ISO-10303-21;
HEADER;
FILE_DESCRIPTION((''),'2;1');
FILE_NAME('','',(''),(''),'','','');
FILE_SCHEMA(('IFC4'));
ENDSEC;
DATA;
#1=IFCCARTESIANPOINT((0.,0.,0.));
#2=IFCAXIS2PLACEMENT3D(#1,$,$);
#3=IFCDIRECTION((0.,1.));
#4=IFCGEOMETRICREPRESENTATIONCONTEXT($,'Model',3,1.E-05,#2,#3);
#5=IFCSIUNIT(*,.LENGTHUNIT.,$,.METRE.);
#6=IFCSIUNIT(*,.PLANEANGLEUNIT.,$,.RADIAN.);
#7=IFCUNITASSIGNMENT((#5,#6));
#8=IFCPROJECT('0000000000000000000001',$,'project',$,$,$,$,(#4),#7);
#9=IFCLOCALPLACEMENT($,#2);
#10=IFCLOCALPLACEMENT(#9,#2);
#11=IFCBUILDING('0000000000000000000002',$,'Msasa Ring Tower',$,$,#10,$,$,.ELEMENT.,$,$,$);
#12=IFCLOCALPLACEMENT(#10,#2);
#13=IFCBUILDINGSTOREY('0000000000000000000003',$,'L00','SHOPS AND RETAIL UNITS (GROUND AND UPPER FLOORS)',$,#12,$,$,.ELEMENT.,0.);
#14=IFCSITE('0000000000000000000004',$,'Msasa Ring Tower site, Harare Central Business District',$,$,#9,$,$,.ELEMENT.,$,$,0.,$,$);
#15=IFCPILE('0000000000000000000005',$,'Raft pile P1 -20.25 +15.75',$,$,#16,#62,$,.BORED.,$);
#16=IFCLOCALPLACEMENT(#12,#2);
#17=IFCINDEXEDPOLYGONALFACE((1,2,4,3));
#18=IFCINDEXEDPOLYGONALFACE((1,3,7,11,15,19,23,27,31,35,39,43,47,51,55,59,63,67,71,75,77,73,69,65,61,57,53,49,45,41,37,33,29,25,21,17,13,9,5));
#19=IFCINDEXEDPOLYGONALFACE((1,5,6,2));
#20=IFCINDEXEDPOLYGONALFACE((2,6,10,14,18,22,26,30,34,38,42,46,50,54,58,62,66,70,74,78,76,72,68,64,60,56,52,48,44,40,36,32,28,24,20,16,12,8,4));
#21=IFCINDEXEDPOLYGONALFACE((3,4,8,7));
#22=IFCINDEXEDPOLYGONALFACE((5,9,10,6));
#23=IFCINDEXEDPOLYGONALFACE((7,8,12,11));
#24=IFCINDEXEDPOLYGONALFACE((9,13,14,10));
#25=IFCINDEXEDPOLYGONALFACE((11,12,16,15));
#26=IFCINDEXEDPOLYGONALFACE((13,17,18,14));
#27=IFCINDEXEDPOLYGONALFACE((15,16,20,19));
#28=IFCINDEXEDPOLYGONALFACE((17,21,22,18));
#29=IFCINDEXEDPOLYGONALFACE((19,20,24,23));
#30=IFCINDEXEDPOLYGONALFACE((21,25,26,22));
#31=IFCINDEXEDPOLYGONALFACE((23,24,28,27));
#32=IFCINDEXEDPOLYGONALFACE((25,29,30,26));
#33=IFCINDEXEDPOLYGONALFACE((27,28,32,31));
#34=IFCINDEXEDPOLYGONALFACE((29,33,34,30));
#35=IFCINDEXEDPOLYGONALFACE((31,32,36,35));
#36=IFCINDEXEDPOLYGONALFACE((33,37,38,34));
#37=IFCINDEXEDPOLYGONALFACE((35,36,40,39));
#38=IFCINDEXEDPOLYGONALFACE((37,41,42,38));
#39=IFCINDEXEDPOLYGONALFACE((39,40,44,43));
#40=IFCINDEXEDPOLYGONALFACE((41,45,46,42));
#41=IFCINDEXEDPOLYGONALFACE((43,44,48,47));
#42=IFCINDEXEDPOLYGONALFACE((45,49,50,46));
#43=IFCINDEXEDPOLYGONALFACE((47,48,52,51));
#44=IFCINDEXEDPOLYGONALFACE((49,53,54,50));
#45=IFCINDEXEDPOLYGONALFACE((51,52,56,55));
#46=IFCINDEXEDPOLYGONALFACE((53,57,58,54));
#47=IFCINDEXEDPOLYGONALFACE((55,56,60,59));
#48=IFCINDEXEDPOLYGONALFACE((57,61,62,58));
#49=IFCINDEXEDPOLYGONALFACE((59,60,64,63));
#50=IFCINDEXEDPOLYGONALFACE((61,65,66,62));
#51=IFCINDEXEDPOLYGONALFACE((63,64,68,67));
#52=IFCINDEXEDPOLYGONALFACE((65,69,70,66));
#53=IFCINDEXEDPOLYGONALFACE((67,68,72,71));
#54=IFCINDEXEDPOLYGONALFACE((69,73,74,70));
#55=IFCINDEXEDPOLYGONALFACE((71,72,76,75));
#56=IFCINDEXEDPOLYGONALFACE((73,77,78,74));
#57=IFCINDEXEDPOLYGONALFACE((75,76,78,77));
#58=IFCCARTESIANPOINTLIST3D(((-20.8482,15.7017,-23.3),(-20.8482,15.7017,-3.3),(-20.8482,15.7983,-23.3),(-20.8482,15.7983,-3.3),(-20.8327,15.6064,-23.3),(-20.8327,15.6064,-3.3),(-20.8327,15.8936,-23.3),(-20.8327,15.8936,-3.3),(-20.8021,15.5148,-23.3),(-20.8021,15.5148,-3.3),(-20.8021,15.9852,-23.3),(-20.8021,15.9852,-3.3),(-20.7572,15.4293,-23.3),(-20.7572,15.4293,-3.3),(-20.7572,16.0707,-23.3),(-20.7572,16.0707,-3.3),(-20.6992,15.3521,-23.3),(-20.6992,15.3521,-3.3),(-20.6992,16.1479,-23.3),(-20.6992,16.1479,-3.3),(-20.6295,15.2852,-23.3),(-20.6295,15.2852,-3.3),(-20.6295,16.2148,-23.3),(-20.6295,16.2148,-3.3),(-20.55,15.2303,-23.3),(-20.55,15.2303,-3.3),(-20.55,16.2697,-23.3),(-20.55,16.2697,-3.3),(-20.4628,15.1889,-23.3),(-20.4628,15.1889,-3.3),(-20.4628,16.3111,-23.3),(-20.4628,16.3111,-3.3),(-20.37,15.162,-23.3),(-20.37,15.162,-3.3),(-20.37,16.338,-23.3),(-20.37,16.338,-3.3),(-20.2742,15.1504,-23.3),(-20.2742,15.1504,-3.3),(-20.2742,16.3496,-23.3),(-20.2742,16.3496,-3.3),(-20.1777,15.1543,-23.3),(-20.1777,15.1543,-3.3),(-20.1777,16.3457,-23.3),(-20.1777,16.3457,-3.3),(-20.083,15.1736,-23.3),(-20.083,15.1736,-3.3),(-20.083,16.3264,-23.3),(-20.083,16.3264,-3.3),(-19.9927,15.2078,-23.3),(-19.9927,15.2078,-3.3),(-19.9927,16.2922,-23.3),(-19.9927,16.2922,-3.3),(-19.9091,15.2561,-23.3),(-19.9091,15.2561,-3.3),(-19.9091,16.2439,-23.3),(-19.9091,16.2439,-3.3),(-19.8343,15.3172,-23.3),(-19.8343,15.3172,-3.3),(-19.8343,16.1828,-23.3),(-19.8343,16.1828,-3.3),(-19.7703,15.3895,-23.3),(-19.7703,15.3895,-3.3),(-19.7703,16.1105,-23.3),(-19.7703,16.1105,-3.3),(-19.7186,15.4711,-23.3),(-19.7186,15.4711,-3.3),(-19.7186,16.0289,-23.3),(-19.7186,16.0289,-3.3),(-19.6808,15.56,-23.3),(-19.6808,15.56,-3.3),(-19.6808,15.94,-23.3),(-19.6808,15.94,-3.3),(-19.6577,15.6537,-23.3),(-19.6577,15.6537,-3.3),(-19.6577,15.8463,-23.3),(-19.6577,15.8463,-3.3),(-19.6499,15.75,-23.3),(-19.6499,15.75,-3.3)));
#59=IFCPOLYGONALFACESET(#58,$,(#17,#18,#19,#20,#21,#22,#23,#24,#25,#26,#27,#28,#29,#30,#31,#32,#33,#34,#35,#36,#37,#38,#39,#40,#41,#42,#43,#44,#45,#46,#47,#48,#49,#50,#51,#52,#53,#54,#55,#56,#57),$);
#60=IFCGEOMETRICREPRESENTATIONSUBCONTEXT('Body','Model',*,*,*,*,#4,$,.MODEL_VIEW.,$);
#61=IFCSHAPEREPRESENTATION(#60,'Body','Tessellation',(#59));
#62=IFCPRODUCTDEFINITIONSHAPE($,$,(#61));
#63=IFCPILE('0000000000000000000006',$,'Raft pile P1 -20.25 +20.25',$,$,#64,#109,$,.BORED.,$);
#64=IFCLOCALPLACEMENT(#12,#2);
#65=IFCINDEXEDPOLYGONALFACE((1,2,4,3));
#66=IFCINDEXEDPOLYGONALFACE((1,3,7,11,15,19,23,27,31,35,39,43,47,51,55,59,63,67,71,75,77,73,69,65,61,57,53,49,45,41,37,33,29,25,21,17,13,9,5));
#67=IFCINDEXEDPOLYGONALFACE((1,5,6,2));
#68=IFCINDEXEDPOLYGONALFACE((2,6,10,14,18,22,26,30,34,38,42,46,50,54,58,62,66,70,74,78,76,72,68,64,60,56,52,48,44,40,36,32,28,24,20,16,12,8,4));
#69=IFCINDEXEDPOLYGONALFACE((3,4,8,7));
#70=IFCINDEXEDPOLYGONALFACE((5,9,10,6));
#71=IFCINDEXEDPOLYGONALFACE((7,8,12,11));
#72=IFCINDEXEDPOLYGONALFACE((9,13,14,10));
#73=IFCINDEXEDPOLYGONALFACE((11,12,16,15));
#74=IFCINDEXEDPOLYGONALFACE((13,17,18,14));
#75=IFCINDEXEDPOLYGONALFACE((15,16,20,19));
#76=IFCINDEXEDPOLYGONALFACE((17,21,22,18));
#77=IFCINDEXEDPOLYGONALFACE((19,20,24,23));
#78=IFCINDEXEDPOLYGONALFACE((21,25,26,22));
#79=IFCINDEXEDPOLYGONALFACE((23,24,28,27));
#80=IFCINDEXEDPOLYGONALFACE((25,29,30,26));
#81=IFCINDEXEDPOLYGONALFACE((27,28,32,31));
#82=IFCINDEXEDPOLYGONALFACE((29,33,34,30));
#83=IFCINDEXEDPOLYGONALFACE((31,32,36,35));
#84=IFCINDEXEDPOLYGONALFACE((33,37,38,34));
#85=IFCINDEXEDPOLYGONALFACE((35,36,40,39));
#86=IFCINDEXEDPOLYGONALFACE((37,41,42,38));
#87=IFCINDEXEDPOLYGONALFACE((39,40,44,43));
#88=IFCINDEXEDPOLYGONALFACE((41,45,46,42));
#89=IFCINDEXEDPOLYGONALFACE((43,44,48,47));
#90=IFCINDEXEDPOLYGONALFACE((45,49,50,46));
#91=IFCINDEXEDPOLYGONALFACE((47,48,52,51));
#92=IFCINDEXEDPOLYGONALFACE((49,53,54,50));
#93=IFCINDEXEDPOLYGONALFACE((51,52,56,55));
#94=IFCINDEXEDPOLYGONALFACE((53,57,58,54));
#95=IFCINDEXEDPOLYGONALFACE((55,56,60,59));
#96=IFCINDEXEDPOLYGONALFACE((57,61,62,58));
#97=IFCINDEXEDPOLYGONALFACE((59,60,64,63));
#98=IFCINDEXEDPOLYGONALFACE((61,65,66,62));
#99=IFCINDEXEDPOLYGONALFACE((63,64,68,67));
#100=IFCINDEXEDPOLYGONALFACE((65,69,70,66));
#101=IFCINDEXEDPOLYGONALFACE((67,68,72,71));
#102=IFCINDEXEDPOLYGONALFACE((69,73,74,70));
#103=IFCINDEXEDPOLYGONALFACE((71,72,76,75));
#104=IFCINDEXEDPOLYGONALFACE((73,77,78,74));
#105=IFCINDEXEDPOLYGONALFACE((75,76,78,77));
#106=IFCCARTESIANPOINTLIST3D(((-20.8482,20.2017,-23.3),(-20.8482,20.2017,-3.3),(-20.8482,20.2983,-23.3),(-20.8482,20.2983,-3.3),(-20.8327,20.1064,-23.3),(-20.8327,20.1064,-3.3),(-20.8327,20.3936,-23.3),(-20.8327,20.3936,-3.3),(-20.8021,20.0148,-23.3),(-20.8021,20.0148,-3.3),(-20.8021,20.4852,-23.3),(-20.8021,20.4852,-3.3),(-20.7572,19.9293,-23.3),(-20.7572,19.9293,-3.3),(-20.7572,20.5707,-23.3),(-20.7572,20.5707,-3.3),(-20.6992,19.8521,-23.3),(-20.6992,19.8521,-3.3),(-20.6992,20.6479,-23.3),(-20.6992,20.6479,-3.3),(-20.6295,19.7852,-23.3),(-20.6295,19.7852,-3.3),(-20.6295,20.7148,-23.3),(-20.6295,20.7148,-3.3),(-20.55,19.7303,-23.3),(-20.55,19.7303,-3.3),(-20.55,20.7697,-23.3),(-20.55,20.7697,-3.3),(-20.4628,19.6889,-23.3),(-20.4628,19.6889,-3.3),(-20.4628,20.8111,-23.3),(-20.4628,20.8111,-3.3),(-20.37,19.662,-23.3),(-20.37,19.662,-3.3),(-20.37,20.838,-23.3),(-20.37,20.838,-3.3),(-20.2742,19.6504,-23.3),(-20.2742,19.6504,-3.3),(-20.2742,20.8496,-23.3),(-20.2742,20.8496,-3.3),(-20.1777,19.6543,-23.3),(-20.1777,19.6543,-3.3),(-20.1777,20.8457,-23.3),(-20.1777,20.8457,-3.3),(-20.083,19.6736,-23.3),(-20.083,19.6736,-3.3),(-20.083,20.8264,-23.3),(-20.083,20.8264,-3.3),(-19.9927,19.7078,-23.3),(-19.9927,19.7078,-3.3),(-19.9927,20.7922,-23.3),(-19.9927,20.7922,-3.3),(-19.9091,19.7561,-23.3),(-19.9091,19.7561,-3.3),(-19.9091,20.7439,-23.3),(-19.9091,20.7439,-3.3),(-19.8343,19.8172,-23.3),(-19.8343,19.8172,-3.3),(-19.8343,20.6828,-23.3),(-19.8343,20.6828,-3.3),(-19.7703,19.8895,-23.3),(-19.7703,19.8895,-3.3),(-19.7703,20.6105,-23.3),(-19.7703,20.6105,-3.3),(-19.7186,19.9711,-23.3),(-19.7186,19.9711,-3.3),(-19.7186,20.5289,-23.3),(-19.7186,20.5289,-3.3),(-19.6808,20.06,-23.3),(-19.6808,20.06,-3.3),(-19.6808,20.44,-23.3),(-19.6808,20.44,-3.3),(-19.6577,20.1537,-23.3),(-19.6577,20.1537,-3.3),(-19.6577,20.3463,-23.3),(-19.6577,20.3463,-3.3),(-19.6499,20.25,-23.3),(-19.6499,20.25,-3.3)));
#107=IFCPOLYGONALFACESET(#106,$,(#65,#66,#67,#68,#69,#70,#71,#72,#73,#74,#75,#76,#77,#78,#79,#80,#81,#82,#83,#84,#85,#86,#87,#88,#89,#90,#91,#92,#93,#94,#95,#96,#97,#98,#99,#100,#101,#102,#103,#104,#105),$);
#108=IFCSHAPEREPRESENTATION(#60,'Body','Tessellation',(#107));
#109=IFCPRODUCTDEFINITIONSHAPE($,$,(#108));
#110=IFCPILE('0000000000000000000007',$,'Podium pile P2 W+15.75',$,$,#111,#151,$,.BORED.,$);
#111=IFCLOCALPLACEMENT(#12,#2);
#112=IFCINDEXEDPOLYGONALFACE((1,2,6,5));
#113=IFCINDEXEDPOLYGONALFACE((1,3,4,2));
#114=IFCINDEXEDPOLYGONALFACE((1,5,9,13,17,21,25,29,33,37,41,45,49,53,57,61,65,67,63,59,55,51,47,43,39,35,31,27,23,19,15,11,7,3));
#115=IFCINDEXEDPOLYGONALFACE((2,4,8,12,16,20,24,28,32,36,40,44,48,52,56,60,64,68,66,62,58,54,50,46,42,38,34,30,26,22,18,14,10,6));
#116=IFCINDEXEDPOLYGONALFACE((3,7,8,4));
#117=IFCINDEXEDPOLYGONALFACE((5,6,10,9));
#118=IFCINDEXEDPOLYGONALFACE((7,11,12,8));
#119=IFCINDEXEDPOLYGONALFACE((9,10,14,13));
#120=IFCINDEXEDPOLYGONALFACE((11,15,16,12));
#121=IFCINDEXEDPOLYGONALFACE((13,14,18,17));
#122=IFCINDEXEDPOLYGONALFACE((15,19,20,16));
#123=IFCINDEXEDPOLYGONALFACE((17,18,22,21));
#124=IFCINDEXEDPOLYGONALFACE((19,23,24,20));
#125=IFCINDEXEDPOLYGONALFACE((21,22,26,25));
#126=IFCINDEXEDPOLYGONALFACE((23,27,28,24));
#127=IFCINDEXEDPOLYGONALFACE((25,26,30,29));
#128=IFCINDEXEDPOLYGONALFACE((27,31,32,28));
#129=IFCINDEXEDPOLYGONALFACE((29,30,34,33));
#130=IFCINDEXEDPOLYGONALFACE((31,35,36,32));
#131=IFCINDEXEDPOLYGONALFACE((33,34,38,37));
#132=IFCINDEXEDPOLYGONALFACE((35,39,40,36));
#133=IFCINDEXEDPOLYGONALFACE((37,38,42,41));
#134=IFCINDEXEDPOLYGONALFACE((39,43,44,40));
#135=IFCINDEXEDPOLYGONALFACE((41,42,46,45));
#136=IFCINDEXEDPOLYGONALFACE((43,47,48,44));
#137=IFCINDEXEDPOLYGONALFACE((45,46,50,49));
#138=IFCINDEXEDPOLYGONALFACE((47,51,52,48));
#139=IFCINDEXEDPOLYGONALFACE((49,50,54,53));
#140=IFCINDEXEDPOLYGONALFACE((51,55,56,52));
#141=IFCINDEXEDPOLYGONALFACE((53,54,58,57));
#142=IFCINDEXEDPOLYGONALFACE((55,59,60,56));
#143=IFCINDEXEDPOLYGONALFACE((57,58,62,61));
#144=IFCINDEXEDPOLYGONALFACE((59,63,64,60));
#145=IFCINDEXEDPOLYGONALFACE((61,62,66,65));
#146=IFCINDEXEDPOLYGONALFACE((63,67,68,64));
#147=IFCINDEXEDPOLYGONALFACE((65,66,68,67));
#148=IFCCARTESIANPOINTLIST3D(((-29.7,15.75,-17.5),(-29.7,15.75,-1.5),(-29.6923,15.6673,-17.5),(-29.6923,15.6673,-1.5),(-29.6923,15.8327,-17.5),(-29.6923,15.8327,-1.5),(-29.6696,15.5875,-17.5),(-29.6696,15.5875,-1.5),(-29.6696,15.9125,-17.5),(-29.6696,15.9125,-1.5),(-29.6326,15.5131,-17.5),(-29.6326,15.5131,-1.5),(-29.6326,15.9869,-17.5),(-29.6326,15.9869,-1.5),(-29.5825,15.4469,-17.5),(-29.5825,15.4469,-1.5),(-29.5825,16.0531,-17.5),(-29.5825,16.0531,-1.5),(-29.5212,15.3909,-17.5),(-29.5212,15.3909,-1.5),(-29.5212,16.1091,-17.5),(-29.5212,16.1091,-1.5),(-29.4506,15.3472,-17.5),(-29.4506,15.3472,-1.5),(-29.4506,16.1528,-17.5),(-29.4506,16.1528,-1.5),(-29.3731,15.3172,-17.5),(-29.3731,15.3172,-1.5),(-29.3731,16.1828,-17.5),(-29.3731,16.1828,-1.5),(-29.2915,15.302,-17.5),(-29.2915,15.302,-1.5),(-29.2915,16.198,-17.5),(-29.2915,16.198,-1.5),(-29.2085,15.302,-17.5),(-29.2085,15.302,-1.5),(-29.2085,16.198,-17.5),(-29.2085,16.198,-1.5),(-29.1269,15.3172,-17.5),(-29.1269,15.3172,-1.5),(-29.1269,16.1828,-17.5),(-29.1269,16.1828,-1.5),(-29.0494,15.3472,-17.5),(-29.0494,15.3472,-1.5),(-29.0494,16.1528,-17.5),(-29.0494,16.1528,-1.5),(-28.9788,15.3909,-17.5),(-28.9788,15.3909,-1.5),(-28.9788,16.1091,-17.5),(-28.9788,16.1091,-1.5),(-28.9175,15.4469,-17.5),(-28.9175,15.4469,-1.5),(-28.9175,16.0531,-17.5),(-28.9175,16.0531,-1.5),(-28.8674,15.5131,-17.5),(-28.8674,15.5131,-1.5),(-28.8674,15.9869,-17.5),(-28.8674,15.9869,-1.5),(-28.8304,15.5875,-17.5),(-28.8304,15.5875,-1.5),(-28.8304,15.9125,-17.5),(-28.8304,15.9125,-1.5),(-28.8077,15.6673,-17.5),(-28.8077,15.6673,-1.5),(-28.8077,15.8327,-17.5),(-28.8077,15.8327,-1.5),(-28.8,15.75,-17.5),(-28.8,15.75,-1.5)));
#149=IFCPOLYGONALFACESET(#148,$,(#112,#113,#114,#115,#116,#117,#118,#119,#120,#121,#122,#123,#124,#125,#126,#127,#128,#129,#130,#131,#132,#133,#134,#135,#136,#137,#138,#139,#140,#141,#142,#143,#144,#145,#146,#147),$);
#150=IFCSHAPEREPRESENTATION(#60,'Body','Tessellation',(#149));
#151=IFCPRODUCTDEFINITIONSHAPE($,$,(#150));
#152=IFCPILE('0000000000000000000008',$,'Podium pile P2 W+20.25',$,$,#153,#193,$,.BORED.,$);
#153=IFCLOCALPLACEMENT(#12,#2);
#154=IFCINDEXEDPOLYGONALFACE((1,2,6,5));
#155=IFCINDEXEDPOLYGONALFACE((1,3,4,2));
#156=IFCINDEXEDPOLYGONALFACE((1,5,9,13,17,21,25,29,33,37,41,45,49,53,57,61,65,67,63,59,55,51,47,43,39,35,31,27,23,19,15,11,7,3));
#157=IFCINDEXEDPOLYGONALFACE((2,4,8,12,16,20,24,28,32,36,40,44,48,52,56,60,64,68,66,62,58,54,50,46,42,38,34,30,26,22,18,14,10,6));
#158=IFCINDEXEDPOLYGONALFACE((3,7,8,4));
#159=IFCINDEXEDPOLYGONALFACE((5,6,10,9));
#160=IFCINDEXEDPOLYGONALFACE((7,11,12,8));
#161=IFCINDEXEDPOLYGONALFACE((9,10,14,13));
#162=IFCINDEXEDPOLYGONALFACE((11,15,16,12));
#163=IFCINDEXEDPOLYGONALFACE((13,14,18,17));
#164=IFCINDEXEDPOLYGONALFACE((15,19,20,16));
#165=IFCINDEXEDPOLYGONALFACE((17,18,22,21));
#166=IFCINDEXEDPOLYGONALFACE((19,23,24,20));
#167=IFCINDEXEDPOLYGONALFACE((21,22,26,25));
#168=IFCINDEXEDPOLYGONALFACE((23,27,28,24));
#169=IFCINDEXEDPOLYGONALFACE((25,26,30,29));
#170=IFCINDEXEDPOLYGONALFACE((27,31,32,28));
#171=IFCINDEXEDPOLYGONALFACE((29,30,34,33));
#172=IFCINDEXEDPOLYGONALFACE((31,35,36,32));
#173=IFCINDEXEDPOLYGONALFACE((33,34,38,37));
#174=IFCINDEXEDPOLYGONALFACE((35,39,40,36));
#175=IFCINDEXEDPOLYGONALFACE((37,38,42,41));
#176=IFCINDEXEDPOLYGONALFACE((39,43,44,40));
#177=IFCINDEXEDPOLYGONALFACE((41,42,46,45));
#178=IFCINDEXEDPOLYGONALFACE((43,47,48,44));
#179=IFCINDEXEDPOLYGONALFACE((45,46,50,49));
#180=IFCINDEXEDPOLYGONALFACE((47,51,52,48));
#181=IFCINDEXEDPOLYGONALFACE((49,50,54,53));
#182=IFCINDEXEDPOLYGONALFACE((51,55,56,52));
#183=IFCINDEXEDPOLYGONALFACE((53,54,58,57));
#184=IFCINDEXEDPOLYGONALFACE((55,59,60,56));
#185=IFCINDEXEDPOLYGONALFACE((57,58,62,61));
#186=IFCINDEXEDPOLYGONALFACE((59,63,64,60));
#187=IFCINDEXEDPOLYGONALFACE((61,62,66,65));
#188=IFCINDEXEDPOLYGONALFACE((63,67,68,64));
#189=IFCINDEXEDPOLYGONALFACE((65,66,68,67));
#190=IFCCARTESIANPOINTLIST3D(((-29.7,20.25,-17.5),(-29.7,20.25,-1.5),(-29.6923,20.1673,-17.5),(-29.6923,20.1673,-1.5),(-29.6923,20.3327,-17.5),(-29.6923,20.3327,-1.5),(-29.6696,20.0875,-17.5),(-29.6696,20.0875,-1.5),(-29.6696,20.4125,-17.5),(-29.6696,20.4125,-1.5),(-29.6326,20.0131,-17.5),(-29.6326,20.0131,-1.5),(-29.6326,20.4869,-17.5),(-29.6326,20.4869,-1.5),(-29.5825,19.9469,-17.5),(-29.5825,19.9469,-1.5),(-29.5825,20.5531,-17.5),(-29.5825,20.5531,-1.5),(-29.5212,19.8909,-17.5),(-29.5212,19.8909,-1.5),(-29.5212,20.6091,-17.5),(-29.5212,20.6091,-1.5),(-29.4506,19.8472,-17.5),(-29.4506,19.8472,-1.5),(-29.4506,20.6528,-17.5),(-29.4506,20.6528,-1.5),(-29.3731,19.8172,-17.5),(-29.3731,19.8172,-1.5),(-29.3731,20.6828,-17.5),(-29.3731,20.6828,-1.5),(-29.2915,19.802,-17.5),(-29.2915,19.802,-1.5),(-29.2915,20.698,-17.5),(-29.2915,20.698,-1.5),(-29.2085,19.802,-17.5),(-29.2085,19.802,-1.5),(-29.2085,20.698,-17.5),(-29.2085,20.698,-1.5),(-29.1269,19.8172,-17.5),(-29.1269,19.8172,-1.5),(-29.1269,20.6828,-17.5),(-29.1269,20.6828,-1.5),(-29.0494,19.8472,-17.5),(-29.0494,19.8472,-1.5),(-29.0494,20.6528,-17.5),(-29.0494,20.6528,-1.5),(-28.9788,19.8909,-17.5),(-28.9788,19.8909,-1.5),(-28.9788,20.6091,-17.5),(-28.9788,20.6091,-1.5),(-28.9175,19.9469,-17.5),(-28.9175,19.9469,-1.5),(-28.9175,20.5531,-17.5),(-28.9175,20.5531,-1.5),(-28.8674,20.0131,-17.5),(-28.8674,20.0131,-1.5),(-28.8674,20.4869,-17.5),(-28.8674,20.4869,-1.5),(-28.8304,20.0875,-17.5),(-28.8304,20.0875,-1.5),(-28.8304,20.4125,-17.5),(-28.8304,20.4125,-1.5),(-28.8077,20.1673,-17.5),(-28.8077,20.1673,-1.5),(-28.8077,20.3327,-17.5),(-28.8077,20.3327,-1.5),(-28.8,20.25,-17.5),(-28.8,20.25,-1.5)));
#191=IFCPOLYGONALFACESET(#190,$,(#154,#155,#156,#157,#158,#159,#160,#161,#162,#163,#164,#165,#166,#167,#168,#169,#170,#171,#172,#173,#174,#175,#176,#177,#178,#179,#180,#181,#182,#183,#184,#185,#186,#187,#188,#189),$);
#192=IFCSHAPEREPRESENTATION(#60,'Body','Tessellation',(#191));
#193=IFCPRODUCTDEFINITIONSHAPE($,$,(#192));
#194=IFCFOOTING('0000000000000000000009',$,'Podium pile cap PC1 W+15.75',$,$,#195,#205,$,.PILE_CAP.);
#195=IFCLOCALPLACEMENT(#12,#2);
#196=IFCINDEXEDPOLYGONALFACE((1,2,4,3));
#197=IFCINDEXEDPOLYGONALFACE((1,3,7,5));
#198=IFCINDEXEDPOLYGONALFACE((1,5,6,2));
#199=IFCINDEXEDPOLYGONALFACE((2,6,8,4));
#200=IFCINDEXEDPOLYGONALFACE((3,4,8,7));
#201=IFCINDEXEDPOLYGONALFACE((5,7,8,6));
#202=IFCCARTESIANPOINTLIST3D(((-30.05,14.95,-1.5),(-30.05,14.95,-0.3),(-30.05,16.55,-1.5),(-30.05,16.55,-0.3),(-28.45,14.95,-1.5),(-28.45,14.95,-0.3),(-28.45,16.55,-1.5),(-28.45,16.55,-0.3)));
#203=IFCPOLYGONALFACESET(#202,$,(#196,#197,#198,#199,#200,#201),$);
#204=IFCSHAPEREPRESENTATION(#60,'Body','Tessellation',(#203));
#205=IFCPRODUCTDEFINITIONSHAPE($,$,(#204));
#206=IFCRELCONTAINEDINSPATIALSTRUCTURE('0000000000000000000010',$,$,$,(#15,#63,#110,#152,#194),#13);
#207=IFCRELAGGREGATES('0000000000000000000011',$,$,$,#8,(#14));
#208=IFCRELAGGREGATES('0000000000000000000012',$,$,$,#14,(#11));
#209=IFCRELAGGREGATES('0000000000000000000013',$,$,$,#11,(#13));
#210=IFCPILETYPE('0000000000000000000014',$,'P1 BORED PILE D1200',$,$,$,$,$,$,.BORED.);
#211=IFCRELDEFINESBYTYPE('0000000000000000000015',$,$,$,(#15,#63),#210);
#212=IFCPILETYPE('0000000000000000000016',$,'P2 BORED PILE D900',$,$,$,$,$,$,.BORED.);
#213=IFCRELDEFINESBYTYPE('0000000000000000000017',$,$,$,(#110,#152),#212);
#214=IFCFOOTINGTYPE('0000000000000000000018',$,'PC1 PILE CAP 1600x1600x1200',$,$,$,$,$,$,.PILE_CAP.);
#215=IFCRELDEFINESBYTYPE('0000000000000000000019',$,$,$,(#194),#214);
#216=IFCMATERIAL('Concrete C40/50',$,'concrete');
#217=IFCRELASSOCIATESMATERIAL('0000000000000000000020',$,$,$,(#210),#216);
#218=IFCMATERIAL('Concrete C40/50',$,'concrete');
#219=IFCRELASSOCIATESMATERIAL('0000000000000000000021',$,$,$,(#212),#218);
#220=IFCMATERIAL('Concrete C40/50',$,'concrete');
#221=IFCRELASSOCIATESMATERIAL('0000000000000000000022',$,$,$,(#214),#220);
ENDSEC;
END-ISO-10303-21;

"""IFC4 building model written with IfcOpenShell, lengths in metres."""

from ifc_helpers import new_model, si_unit, direction, frame, origin, origin_2d, place, context, subcontext, project, spatial, rectangle, circle, extrude, material, material_profile, profile_set, type_object, element, save


model = new_model("IFC4")

# Units and contexts
model_context = context("Model", 3, precision=1e-05, world=origin(), true_north=direction((0.0, 1.0)))
body_context = subcontext(model_context, "Body", "Model", "MODEL_VIEW")
ifc_project = project(units=[si_unit("LENGTHUNIT", "METRE"), si_unit("PLANEANGLEUNIT", "RADIAN")], contexts=[model_context])

# Site, building, storey
site_placement = place(None, origin())
site = spatial("IfcSite", under=ifc_project, at=site_placement, Name="Msasa Ring Tower site, Harare Central Business District", CompositionType="ELEMENT", RefElevation=0.0)
building_placement = place(site_placement, origin())
building = spatial("IfcBuilding", under=site, at=building_placement, Name="Msasa Ring Tower", CompositionType="ELEMENT")
storey_placement = place(building_placement, origin())
storey = spatial("IfcBuildingStorey", under=building, at=storey_placement, Name="L00", Description="SHOPS AND RETAIL UNITS (GROUND AND UPPER FLOORS)", CompositionType="ELEMENT", Elevation=0.0)

# Piles
ifc_material_1 = material(Name="Concrete C40/50", Category="concrete")
ifc_material_profile_1 = material_profile(ifc_material_1, circle(Radius=0.6001, at=origin_2d()), Name="D1200")
ifc_profile_set_1 = profile_set([ifc_material_profile_1], Name="Concrete C40/50")
pile_type_1 = type_object("IfcPileType", Name="P1 BORED PILE D1200", PredefinedType="BORED", material=ifc_profile_set_1)
for number, where, z_axis, x_axis, name in (
    (1, (-20.25, 15.75, -3.3), (0.0, 0.0, -1.0), (1.0, 0.0, 0.0), "Raft pile P1 -20.25 +15.75"),
    (2, (-20.25, 20.25, -3.3), (0.0, 0.0, -1.0), (1.0, 0.0, 0.0), "Raft pile P1 -20.25 +20.25"),
):
    element("IfcPile", number, at=place(storey_placement, frame(where, z_axis=z_axis, x_axis=x_axis)), inside=storey, type_object=pile_type_1, Name=name, PredefinedType="BORED", context=body_context, shape_type="SweptSolid", body=[
        extrude(circle(Radius=0.6001, at=origin_2d()), origin(), (0.0, 0.0, 1.0), 20.0),
    ])
ifc_material_2 = material(Name="Concrete C40/50", Category="concrete")
ifc_material_profile_2 = material_profile(ifc_material_2, circle(Radius=0.45, at=origin_2d()), Name="D900")
ifc_profile_set_2 = profile_set([ifc_material_profile_2], Name="Concrete C40/50")
pile_type_2 = type_object("IfcPileType", Name="P2 BORED PILE D900", PredefinedType="BORED", material=ifc_profile_set_2)
for number, where, z_axis, x_axis, name in (
    (3, (-29.25, 15.75, -1.5), (0.0, 0.0, -1.0), (1.0, 0.0, 0.0), "Podium pile P2 W+15.75"),
    (4, (-29.25, 20.25, -1.5), (0.0, 0.0, -1.0), (1.0, 0.0, 0.0), "Podium pile P2 W+20.25"),
):
    element("IfcPile", number, at=place(storey_placement, frame(where, z_axis=z_axis, x_axis=x_axis)), inside=storey, type_object=pile_type_2, Name=name, PredefinedType="BORED", context=body_context, shape_type="SweptSolid", body=[
        extrude(circle(Radius=0.45, at=origin_2d()), origin(), (0.0, 0.0, 1.0), 16.0),
    ])

# Footing
ifc_material_3 = material(Name="Concrete C40/50", Category="concrete")
footing_type = type_object("IfcFootingType", Name="PC1 PILE CAP 1600x1600x1200", PredefinedType="PILE_CAP", material=ifc_material_3)
for number, where, z_axis, x_axis, name in (
    (5, (-29.25, 15.75, -1.5), (0.0, 0.0, 1.0), (1.0, 0.0, 0.0), "Podium pile cap PC1 W+15.75"),
):
    element("IfcFooting", number, at=place(storey_placement, frame(where, z_axis=z_axis, x_axis=x_axis)), inside=storey, type_object=footing_type, Name=name, PredefinedType="PILE_CAP", context=body_context, shape_type="SweptSolid", body=[
        extrude(rectangle(XDim=1.6001, YDim=1.6001, at=origin_2d()), origin(), (0.0, 0.0, 1.0), 1.2),
    ])

save(model, "model.ifc")
